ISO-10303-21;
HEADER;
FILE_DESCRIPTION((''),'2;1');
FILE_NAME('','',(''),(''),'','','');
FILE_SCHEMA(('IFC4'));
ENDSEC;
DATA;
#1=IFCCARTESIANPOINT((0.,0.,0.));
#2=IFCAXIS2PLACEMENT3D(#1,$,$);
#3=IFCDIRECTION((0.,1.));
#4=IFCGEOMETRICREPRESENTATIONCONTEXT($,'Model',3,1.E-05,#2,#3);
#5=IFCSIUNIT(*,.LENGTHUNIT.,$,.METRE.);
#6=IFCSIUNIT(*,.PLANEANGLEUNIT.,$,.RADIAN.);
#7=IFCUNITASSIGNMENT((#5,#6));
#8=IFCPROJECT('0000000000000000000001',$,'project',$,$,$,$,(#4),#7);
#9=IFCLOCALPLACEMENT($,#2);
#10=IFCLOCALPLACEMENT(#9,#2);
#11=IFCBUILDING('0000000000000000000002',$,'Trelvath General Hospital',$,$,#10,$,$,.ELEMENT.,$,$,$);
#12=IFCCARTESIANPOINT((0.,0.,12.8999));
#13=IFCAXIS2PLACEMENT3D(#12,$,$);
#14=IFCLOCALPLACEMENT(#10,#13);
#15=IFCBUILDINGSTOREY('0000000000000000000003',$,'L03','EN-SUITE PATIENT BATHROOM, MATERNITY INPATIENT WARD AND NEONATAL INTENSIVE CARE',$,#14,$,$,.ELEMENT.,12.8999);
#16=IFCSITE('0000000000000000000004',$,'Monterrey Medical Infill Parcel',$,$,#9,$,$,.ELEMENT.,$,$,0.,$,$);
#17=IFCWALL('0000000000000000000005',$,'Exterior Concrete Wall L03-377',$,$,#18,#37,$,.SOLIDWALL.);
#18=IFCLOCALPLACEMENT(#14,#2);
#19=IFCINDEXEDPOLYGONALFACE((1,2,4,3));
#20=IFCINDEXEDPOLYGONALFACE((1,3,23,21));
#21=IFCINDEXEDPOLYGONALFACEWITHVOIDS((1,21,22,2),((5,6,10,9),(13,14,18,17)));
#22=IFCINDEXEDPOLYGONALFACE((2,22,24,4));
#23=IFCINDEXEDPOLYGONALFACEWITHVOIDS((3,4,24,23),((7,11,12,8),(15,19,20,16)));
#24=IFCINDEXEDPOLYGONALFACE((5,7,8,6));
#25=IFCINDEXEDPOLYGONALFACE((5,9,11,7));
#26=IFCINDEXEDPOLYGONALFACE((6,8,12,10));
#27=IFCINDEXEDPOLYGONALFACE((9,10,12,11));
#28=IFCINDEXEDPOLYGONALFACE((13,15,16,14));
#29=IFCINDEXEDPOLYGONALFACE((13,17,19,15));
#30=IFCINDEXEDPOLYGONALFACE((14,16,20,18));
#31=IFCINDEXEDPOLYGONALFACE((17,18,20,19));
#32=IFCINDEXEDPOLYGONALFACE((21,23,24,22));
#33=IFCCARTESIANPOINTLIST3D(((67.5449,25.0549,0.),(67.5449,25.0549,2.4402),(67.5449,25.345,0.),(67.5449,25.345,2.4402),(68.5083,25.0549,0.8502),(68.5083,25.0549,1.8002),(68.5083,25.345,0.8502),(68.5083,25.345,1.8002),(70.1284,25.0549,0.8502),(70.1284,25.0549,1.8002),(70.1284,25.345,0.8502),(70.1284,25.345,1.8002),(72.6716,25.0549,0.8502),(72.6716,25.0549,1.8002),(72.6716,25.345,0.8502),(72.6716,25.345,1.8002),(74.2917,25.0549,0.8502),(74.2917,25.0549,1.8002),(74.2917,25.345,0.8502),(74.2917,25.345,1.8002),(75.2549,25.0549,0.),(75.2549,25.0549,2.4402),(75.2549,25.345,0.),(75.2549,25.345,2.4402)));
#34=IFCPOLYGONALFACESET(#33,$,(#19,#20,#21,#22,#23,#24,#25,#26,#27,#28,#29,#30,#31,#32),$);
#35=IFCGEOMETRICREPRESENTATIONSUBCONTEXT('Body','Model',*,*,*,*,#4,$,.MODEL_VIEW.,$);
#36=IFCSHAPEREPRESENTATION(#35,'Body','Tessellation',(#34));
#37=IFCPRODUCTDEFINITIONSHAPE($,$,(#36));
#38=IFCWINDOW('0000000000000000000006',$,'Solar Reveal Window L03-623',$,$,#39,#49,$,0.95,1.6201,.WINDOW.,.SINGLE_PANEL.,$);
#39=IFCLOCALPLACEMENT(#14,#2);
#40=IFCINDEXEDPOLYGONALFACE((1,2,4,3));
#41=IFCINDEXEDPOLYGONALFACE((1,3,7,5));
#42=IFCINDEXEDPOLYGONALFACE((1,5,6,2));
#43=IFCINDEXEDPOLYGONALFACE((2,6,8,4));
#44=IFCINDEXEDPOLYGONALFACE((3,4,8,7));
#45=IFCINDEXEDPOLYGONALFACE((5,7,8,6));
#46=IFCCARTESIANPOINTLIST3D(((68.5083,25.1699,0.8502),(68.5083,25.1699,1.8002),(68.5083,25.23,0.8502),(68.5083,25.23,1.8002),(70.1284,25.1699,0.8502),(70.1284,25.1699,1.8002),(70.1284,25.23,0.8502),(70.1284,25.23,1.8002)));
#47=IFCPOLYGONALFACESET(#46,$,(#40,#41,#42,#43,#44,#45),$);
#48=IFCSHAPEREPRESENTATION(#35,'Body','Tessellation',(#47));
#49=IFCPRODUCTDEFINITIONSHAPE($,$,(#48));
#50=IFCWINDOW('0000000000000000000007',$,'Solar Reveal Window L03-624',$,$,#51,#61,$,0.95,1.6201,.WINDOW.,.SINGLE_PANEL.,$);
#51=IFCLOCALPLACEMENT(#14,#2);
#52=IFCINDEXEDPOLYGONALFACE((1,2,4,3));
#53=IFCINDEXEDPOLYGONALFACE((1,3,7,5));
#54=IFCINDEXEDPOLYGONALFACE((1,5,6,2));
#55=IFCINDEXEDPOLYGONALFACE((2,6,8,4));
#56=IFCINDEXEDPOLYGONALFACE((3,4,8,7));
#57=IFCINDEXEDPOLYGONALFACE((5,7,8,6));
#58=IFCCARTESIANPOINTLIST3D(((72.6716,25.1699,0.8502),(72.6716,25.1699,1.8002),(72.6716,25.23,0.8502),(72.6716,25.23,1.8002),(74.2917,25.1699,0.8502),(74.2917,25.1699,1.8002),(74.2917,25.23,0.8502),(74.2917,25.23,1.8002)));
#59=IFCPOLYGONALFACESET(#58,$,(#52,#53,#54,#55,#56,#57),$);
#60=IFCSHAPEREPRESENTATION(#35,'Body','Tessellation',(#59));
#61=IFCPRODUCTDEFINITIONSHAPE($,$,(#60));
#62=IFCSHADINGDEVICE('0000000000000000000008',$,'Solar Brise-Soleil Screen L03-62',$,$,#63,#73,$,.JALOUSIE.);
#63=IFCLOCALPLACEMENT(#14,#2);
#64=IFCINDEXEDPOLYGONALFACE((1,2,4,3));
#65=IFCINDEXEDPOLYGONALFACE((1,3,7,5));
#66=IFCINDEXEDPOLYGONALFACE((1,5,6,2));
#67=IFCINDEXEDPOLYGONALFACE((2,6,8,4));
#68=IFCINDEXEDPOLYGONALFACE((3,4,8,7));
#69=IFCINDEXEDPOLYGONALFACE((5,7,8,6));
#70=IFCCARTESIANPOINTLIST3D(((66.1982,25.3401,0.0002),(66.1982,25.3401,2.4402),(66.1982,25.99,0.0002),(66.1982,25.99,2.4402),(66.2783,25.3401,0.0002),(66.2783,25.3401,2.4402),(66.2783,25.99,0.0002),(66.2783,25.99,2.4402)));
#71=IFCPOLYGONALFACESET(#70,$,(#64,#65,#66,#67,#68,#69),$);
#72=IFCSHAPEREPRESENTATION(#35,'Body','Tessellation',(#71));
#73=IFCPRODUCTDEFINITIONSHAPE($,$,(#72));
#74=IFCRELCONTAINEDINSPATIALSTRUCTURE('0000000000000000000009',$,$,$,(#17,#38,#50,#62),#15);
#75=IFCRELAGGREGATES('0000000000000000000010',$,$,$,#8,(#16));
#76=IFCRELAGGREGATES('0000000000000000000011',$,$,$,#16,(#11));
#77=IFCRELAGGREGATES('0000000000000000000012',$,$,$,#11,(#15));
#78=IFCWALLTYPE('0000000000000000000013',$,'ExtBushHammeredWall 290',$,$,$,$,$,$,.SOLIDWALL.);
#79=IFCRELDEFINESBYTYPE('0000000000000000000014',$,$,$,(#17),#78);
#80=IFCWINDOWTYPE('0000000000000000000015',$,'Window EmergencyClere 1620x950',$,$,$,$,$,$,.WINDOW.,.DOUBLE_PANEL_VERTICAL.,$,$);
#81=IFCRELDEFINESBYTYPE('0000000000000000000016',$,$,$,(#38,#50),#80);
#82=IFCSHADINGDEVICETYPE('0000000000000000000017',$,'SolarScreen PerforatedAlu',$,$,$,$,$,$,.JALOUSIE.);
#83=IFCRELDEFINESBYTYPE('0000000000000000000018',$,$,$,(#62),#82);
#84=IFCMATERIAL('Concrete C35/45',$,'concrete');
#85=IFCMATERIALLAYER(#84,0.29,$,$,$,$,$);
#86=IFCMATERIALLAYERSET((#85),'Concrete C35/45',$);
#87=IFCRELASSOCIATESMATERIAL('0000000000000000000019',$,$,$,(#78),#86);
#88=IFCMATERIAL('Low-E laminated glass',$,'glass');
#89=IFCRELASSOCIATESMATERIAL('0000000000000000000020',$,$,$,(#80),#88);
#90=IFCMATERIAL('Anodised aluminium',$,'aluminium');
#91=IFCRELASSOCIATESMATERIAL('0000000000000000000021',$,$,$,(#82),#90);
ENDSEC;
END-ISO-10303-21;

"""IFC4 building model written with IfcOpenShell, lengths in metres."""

from ifc_helpers import new_model, si_unit, direction, frame, frame_2d, origin, origin_2d, place, context, subcontext, project, spatial, rectangle, extrude, material, layer, layer_set, type_object, element, fill, save


model = new_model("IFC4")

# Units and contexts
model_context = context("Model", 3, precision=1e-05, world=origin(), true_north=direction((0.0, 1.0)))
body_context = subcontext(model_context, "Body", "Model", "MODEL_VIEW")
ifc_project = project(units=[si_unit("LENGTHUNIT", "METRE"), si_unit("PLANEANGLEUNIT", "RADIAN")], contexts=[model_context])

# Site, building, storey
site_placement = place(None, origin())
site = spatial("IfcSite", under=ifc_project, at=site_placement, Name="Monterrey Medical Infill Parcel", CompositionType="ELEMENT", RefElevation=0.0)
building_placement = place(site_placement, origin())
building = spatial("IfcBuilding", under=site, at=building_placement, Name="Trelvath General Hospital", CompositionType="ELEMENT")
storey_placement = place(building_placement, frame((0.0, 0.0, 12.8999)))
storey = spatial("IfcBuildingStorey", under=building, at=storey_placement, Name="L03", Description="EN-SUITE PATIENT BATHROOM, MATERNITY INPATIENT WARD AND NEONATAL INTENSIVE CARE", CompositionType="ELEMENT", Elevation=12.8999)

# Wall, openings, windows
ifc_material_1 = material(Name="Concrete C35/45", Category="concrete")
ifc_layer_1 = layer(ifc_material_1, 0.29)
ifc_layer_set_1 = layer_set([ifc_layer_1], Name="Concrete C35/45")
wall_type_1 = type_object("IfcWallType", Name="ExtBushHammeredWall 290", PredefinedType="SOLIDWALL", material=ifc_layer_set_1)
wall_1_placement = place(storey_placement, frame((67.5449, 25.2, 0.0), z_axis=(0.0, 0.0, 1.0), x_axis=(1.0, 0.0, 0.0)))
wall_1 = element("IfcWall", 1, at=wall_1_placement, inside=storey, type_object=wall_type_1, Name="Exterior Concrete Wall L03-377", PredefinedType="SOLIDWALL", context=body_context, shape_type="SweptSolid", body=[
    extrude(rectangle(XDim=7.71, YDim=0.29, at=frame_2d((3.855, 0.0))), origin(), (0.0, 0.0, 1.0), 2.4402),
])
opening_1_placement = place(wall_1_placement, frame((0.9634, 0.0, 0.8501)))
opening_1 = element("IfcOpeningElement", 2, at=opening_1_placement, cuts=wall_1, PredefinedType="OPENING", context=body_context, shape_type="SweptSolid", body=[
    extrude(rectangle(XDim=1.6201, YDim=0.95, at=frame_2d((0.8101, 0.4751))), frame((0.0, 0.155, 0.0), z_axis=(0.0, -1.0, 0.0), x_axis=(1.0, 0.0, 0.0)), (0.0, 0.0, 1.0), 0.3101),
])
opening_2_placement = place(wall_1_placement, frame((5.1267, 0.0, 0.8501)))
opening_2 = element("IfcOpeningElement", 3, at=opening_2_placement, cuts=wall_1, PredefinedType="OPENING", context=body_context, shape_type="SweptSolid", body=[
    extrude(rectangle(XDim=1.6201, YDim=0.95, at=frame_2d((0.8101, 0.4751))), frame((0.0, 0.155, 0.0), z_axis=(0.0, -1.0, 0.0), x_axis=(1.0, 0.0, 0.0)), (0.0, 0.0, 1.0), 0.3101),
])
ifc_material_2 = material(Name="Low-E laminated glass", Category="glass")
window_type = type_object("IfcWindowType", Name="Window EmergencyClere 1620x950", PartitioningType="DOUBLE_PANEL_VERTICAL", PredefinedType="WINDOW", material=ifc_material_2)
window_1_placement = place(opening_1_placement, origin())
window_1 = element("IfcWindow", 4, at=window_1_placement, inside=storey, type_object=window_type, Name="Solar Reveal Window L03-623", OverallHeight=0.95, OverallWidth=1.6201, PartitioningType="SINGLE_PANEL", PredefinedType="WINDOW", context=body_context, shape_type="SweptSolid", body=[
    extrude(rectangle(XDim=1.6201, YDim=0.95, at=frame_2d((0.8101, 0.4751))), frame((0.0, 0.03, 0.0), z_axis=(0.0, -1.0, 0.0), x_axis=(1.0, 0.0, 0.0)), (0.0, 0.0, 1.0), 0.0601),
])
fill(opening_1, window_1)
window_2_placement = place(opening_2_placement, origin())
window_2 = element("IfcWindow", 5, at=window_2_placement, inside=storey, type_object=window_type, Name="Solar Reveal Window L03-624", OverallHeight=0.95, OverallWidth=1.6201, PartitioningType="SINGLE_PANEL", PredefinedType="WINDOW", context=body_context, shape_type="SweptSolid", body=[
    extrude(rectangle(XDim=1.6201, YDim=0.95, at=frame_2d((0.8101, 0.4751))), frame((0.0, 0.03, 0.0), z_axis=(0.0, -1.0, 0.0), x_axis=(1.0, 0.0, 0.0)), (0.0, 0.0, 1.0), 0.0601),
])
fill(opening_2, window_2)

# Shading device
ifc_material_3 = material(Name="Anodised aluminium", Category="aluminium")
shading_device_type = type_object("IfcShadingDeviceType", Name="SolarScreen PerforatedAlu", PredefinedType="JALOUSIE", material=ifc_material_3)
shading_device_placement = place(storey_placement, frame((66.2383, 25.665, 0.0002), z_axis=(0.0, 0.0, 1.0), x_axis=(0.0, 1.0, 0.0)))
element("IfcShadingDevice", 6, at=shading_device_placement, inside=storey, type_object=shading_device_type, Name="Solar Brise-Soleil Screen L03-62", PredefinedType="JALOUSIE", context=body_context, shape_type="SweptSolid", body=[
    extrude(rectangle(XDim=0.6499, YDim=0.0801, at=origin_2d()), origin(), (0.0, 0.0, 1.0), 2.4399),
])

save(model, "model.ifc")
